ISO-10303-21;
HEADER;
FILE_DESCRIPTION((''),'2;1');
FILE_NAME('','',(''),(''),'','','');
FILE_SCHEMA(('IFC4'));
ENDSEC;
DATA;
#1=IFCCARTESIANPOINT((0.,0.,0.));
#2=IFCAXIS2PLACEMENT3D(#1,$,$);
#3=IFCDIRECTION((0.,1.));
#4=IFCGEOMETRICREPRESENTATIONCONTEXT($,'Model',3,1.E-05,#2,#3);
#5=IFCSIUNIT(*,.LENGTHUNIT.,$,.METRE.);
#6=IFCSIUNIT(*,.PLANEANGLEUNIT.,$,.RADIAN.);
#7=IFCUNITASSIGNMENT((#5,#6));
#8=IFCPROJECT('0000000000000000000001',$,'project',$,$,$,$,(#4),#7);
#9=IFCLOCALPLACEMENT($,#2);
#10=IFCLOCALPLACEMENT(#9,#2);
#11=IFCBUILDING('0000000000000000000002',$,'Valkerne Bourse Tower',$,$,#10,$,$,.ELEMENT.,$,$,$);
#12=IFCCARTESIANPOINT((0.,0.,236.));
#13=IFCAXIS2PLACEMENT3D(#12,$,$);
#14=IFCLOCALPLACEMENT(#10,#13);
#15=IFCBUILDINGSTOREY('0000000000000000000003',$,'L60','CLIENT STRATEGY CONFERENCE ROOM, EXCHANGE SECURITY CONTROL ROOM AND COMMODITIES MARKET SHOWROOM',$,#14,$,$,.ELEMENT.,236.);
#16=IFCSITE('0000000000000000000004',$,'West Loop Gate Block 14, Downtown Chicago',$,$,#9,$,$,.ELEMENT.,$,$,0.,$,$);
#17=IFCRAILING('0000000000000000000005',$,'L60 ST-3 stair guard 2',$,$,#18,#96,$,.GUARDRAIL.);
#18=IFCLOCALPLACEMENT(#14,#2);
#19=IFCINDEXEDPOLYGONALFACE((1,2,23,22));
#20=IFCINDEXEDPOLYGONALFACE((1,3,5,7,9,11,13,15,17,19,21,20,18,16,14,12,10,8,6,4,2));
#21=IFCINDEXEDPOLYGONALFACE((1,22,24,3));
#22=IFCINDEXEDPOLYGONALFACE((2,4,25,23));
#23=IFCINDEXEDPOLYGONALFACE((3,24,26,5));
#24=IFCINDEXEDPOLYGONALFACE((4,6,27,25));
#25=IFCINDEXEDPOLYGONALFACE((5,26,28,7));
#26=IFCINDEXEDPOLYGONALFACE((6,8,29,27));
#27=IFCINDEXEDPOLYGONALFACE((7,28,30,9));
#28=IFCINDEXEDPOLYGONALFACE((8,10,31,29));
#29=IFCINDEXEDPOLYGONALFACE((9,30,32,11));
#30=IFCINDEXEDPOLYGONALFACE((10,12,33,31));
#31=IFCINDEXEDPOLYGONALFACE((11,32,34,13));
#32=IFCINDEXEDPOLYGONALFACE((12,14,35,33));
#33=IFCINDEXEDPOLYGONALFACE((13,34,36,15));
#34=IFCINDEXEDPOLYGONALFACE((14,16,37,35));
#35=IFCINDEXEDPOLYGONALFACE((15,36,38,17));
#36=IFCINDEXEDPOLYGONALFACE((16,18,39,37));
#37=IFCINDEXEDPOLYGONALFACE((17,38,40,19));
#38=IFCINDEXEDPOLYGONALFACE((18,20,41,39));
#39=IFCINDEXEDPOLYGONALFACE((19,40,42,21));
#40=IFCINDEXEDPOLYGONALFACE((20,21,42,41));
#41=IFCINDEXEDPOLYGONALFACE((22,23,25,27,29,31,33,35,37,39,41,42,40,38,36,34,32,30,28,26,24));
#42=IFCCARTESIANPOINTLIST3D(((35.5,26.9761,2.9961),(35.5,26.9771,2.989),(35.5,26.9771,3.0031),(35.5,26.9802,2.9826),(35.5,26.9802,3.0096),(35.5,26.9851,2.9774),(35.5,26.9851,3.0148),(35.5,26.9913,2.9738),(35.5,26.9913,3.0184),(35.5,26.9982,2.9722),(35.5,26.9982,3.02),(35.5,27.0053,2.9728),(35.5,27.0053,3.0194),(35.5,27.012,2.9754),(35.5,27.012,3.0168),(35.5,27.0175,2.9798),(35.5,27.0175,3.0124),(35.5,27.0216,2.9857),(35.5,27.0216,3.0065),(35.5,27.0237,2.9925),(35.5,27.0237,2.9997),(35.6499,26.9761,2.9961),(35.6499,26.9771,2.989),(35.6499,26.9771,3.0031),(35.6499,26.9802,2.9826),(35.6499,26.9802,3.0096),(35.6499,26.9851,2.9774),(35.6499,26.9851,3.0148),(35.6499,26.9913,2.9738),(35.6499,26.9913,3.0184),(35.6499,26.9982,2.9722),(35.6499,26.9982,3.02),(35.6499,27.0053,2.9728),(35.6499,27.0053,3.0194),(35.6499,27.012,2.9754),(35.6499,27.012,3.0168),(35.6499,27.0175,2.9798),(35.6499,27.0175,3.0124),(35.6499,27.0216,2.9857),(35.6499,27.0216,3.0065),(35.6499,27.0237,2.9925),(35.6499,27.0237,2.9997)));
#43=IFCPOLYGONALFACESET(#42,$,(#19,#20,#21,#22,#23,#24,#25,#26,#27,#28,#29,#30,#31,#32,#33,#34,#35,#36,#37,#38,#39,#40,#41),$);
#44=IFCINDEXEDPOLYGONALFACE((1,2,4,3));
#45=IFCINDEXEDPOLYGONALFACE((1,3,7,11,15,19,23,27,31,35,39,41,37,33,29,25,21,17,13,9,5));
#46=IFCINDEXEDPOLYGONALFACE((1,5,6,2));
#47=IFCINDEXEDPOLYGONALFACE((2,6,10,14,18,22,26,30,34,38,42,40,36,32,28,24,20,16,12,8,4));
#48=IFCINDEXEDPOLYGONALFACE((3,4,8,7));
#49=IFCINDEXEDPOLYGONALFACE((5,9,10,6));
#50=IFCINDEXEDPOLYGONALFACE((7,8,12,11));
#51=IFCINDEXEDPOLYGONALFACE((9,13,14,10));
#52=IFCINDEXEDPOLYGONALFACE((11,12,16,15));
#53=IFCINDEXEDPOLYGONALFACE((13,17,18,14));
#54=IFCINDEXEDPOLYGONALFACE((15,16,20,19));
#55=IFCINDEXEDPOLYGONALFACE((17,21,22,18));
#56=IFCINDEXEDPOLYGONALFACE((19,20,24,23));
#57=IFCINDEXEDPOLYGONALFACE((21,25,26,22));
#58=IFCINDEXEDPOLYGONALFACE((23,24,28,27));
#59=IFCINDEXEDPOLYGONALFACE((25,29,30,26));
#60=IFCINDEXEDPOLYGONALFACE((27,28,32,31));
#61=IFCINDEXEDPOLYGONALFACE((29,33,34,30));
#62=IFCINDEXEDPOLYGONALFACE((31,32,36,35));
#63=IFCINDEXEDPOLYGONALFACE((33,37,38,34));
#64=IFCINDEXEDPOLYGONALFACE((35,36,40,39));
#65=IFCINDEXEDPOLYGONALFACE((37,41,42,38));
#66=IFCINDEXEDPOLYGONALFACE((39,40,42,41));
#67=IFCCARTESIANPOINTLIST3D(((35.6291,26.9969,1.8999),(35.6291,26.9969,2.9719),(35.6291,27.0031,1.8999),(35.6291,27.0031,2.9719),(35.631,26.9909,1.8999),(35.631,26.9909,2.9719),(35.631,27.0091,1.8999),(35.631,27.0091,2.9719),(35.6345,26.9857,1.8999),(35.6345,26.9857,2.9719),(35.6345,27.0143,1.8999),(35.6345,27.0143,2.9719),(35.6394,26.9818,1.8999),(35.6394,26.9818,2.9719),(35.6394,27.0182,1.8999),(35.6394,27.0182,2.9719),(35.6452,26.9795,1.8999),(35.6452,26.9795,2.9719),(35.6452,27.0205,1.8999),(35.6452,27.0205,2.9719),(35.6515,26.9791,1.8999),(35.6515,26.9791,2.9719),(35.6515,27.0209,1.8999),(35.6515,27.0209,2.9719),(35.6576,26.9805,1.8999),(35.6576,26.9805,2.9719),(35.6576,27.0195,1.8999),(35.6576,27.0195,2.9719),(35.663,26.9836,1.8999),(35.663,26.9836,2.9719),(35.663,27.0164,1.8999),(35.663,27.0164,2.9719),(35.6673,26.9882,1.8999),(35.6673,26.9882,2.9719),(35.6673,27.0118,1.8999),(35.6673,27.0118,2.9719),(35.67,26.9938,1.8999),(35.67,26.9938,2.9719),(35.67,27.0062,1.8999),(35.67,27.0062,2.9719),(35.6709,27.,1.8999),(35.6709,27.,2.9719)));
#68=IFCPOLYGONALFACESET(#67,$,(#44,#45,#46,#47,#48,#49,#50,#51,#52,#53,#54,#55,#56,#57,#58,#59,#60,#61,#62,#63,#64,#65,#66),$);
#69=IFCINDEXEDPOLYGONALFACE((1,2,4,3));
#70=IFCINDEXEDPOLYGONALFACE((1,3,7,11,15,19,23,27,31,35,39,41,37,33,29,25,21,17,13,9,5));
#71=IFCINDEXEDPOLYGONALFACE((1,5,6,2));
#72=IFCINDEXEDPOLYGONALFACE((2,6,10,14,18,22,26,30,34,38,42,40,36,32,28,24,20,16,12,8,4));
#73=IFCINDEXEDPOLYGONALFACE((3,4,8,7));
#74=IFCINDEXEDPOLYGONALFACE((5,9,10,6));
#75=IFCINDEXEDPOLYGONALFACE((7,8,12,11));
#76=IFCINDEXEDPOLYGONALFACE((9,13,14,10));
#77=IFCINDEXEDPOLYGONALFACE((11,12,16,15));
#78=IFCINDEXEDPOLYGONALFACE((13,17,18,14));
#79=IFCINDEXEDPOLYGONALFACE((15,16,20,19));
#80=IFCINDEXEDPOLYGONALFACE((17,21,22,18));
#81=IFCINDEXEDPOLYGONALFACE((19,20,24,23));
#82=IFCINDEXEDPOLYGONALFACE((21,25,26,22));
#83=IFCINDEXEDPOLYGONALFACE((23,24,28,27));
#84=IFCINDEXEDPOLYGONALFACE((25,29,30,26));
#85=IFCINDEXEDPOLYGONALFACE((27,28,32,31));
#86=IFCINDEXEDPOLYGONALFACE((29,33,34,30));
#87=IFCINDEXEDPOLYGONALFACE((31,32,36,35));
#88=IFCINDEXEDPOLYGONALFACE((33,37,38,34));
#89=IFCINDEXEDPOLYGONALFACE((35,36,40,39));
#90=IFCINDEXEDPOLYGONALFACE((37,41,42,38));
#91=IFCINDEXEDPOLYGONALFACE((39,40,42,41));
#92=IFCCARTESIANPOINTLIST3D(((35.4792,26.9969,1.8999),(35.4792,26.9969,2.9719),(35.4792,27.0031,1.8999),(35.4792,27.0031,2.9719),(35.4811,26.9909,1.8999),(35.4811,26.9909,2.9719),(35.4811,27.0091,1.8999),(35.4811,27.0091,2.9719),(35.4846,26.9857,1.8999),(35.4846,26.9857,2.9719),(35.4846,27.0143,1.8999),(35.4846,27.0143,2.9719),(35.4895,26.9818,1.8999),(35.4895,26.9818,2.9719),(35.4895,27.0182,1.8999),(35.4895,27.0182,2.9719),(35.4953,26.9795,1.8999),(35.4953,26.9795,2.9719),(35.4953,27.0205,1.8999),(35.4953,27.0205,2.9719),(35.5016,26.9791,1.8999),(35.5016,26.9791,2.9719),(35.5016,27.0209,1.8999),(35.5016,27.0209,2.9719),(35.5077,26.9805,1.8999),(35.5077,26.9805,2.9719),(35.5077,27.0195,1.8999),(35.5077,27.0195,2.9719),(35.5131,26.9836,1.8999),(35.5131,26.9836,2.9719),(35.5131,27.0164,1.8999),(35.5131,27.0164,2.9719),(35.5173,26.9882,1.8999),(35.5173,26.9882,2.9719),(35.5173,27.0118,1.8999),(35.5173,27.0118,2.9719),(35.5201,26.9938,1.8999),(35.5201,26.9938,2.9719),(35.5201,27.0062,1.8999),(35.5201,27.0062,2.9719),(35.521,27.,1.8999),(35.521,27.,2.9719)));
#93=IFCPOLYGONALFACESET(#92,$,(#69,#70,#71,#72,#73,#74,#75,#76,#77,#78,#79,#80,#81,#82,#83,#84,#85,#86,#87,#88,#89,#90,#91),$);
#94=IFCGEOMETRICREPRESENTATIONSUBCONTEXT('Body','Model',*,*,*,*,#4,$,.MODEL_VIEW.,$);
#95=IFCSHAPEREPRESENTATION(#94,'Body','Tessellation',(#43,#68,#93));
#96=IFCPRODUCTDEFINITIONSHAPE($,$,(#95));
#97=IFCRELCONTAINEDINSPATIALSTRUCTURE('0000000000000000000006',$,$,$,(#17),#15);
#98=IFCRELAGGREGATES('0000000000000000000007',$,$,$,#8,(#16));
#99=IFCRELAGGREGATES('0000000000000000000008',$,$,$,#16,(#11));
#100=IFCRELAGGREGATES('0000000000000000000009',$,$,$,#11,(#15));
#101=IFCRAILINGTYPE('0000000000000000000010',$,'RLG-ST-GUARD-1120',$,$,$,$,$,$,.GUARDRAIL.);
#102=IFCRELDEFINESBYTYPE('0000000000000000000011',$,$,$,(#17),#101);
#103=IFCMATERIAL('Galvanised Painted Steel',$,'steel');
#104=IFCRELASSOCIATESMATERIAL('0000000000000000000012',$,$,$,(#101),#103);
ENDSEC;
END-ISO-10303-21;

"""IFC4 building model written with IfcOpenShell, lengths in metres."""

from ifc_helpers import new_model, si_unit, direction, frame, origin, origin_2d, place, context, subcontext, project, spatial, circle, extrude, material, type_object, element, save


model = new_model("IFC4")

# Units and contexts
model_context = context("Model", 3, precision=1e-05, world=origin(), true_north=direction((0.0, 1.0)))
body_context = subcontext(model_context, "Body", "Model", "MODEL_VIEW")
ifc_project = project(units=[si_unit("LENGTHUNIT", "METRE"), si_unit("PLANEANGLEUNIT", "RADIAN")], contexts=[model_context])

# Site, building, storey
site_placement = place(None, origin())
site = spatial("IfcSite", under=ifc_project, at=site_placement, Name="West Loop Gate Block 14, Downtown Chicago", CompositionType="ELEMENT", RefElevation=0.0)
building_placement = place(site_placement, origin())
building = spatial("IfcBuilding", under=site, at=building_placement, Name="Valkerne Bourse Tower", CompositionType="ELEMENT")
storey_placement = place(building_placement, frame((0.0, 0.0, 236.0)))
storey = spatial("IfcBuildingStorey", under=building, at=storey_placement, Name="L60", Description="CLIENT STRATEGY CONFERENCE ROOM, EXCHANGE SECURITY CONTROL ROOM AND COMMODITIES MARKET SHOWROOM", CompositionType="ELEMENT", Elevation=236.0)

# Railing
ifc_material_1 = material(Name="Galvanised Painted Steel", Category="steel")
railing_type_1 = type_object("IfcRailingType", Name="RLG-ST-GUARD-1120", PredefinedType="GUARDRAIL", material=ifc_material_1)
railing_1_placement = place(storey_placement, frame((35.6499, 27.0, 1.8999)))
element("IfcRailing", 1, at=railing_1_placement, inside=storey, type_object=railing_type_1, Name="L60 ST-3 stair guard 2", PredefinedType="GUARDRAIL", context=body_context, shape_type="SweptSolid", body=[
    extrude(circle(Radius=0.0239, at=origin_2d()), frame((0.0, 0.0, 1.0962), z_axis=(-1.0, 0.0, 0.0), x_axis=(0.0, -1.0, 0.0)), (0.0, 0.0, 1.0), 0.1499),
    extrude(circle(Radius=0.021, at=origin_2d()), origin(), (0.0, 0.0, 1.0), 1.072),
    extrude(circle(Radius=0.021, at=origin_2d()), frame((-0.1499, 0.0, 0.0)), (0.0, 0.0, 1.0), 1.072),
])

save(model, "model.ifc")
